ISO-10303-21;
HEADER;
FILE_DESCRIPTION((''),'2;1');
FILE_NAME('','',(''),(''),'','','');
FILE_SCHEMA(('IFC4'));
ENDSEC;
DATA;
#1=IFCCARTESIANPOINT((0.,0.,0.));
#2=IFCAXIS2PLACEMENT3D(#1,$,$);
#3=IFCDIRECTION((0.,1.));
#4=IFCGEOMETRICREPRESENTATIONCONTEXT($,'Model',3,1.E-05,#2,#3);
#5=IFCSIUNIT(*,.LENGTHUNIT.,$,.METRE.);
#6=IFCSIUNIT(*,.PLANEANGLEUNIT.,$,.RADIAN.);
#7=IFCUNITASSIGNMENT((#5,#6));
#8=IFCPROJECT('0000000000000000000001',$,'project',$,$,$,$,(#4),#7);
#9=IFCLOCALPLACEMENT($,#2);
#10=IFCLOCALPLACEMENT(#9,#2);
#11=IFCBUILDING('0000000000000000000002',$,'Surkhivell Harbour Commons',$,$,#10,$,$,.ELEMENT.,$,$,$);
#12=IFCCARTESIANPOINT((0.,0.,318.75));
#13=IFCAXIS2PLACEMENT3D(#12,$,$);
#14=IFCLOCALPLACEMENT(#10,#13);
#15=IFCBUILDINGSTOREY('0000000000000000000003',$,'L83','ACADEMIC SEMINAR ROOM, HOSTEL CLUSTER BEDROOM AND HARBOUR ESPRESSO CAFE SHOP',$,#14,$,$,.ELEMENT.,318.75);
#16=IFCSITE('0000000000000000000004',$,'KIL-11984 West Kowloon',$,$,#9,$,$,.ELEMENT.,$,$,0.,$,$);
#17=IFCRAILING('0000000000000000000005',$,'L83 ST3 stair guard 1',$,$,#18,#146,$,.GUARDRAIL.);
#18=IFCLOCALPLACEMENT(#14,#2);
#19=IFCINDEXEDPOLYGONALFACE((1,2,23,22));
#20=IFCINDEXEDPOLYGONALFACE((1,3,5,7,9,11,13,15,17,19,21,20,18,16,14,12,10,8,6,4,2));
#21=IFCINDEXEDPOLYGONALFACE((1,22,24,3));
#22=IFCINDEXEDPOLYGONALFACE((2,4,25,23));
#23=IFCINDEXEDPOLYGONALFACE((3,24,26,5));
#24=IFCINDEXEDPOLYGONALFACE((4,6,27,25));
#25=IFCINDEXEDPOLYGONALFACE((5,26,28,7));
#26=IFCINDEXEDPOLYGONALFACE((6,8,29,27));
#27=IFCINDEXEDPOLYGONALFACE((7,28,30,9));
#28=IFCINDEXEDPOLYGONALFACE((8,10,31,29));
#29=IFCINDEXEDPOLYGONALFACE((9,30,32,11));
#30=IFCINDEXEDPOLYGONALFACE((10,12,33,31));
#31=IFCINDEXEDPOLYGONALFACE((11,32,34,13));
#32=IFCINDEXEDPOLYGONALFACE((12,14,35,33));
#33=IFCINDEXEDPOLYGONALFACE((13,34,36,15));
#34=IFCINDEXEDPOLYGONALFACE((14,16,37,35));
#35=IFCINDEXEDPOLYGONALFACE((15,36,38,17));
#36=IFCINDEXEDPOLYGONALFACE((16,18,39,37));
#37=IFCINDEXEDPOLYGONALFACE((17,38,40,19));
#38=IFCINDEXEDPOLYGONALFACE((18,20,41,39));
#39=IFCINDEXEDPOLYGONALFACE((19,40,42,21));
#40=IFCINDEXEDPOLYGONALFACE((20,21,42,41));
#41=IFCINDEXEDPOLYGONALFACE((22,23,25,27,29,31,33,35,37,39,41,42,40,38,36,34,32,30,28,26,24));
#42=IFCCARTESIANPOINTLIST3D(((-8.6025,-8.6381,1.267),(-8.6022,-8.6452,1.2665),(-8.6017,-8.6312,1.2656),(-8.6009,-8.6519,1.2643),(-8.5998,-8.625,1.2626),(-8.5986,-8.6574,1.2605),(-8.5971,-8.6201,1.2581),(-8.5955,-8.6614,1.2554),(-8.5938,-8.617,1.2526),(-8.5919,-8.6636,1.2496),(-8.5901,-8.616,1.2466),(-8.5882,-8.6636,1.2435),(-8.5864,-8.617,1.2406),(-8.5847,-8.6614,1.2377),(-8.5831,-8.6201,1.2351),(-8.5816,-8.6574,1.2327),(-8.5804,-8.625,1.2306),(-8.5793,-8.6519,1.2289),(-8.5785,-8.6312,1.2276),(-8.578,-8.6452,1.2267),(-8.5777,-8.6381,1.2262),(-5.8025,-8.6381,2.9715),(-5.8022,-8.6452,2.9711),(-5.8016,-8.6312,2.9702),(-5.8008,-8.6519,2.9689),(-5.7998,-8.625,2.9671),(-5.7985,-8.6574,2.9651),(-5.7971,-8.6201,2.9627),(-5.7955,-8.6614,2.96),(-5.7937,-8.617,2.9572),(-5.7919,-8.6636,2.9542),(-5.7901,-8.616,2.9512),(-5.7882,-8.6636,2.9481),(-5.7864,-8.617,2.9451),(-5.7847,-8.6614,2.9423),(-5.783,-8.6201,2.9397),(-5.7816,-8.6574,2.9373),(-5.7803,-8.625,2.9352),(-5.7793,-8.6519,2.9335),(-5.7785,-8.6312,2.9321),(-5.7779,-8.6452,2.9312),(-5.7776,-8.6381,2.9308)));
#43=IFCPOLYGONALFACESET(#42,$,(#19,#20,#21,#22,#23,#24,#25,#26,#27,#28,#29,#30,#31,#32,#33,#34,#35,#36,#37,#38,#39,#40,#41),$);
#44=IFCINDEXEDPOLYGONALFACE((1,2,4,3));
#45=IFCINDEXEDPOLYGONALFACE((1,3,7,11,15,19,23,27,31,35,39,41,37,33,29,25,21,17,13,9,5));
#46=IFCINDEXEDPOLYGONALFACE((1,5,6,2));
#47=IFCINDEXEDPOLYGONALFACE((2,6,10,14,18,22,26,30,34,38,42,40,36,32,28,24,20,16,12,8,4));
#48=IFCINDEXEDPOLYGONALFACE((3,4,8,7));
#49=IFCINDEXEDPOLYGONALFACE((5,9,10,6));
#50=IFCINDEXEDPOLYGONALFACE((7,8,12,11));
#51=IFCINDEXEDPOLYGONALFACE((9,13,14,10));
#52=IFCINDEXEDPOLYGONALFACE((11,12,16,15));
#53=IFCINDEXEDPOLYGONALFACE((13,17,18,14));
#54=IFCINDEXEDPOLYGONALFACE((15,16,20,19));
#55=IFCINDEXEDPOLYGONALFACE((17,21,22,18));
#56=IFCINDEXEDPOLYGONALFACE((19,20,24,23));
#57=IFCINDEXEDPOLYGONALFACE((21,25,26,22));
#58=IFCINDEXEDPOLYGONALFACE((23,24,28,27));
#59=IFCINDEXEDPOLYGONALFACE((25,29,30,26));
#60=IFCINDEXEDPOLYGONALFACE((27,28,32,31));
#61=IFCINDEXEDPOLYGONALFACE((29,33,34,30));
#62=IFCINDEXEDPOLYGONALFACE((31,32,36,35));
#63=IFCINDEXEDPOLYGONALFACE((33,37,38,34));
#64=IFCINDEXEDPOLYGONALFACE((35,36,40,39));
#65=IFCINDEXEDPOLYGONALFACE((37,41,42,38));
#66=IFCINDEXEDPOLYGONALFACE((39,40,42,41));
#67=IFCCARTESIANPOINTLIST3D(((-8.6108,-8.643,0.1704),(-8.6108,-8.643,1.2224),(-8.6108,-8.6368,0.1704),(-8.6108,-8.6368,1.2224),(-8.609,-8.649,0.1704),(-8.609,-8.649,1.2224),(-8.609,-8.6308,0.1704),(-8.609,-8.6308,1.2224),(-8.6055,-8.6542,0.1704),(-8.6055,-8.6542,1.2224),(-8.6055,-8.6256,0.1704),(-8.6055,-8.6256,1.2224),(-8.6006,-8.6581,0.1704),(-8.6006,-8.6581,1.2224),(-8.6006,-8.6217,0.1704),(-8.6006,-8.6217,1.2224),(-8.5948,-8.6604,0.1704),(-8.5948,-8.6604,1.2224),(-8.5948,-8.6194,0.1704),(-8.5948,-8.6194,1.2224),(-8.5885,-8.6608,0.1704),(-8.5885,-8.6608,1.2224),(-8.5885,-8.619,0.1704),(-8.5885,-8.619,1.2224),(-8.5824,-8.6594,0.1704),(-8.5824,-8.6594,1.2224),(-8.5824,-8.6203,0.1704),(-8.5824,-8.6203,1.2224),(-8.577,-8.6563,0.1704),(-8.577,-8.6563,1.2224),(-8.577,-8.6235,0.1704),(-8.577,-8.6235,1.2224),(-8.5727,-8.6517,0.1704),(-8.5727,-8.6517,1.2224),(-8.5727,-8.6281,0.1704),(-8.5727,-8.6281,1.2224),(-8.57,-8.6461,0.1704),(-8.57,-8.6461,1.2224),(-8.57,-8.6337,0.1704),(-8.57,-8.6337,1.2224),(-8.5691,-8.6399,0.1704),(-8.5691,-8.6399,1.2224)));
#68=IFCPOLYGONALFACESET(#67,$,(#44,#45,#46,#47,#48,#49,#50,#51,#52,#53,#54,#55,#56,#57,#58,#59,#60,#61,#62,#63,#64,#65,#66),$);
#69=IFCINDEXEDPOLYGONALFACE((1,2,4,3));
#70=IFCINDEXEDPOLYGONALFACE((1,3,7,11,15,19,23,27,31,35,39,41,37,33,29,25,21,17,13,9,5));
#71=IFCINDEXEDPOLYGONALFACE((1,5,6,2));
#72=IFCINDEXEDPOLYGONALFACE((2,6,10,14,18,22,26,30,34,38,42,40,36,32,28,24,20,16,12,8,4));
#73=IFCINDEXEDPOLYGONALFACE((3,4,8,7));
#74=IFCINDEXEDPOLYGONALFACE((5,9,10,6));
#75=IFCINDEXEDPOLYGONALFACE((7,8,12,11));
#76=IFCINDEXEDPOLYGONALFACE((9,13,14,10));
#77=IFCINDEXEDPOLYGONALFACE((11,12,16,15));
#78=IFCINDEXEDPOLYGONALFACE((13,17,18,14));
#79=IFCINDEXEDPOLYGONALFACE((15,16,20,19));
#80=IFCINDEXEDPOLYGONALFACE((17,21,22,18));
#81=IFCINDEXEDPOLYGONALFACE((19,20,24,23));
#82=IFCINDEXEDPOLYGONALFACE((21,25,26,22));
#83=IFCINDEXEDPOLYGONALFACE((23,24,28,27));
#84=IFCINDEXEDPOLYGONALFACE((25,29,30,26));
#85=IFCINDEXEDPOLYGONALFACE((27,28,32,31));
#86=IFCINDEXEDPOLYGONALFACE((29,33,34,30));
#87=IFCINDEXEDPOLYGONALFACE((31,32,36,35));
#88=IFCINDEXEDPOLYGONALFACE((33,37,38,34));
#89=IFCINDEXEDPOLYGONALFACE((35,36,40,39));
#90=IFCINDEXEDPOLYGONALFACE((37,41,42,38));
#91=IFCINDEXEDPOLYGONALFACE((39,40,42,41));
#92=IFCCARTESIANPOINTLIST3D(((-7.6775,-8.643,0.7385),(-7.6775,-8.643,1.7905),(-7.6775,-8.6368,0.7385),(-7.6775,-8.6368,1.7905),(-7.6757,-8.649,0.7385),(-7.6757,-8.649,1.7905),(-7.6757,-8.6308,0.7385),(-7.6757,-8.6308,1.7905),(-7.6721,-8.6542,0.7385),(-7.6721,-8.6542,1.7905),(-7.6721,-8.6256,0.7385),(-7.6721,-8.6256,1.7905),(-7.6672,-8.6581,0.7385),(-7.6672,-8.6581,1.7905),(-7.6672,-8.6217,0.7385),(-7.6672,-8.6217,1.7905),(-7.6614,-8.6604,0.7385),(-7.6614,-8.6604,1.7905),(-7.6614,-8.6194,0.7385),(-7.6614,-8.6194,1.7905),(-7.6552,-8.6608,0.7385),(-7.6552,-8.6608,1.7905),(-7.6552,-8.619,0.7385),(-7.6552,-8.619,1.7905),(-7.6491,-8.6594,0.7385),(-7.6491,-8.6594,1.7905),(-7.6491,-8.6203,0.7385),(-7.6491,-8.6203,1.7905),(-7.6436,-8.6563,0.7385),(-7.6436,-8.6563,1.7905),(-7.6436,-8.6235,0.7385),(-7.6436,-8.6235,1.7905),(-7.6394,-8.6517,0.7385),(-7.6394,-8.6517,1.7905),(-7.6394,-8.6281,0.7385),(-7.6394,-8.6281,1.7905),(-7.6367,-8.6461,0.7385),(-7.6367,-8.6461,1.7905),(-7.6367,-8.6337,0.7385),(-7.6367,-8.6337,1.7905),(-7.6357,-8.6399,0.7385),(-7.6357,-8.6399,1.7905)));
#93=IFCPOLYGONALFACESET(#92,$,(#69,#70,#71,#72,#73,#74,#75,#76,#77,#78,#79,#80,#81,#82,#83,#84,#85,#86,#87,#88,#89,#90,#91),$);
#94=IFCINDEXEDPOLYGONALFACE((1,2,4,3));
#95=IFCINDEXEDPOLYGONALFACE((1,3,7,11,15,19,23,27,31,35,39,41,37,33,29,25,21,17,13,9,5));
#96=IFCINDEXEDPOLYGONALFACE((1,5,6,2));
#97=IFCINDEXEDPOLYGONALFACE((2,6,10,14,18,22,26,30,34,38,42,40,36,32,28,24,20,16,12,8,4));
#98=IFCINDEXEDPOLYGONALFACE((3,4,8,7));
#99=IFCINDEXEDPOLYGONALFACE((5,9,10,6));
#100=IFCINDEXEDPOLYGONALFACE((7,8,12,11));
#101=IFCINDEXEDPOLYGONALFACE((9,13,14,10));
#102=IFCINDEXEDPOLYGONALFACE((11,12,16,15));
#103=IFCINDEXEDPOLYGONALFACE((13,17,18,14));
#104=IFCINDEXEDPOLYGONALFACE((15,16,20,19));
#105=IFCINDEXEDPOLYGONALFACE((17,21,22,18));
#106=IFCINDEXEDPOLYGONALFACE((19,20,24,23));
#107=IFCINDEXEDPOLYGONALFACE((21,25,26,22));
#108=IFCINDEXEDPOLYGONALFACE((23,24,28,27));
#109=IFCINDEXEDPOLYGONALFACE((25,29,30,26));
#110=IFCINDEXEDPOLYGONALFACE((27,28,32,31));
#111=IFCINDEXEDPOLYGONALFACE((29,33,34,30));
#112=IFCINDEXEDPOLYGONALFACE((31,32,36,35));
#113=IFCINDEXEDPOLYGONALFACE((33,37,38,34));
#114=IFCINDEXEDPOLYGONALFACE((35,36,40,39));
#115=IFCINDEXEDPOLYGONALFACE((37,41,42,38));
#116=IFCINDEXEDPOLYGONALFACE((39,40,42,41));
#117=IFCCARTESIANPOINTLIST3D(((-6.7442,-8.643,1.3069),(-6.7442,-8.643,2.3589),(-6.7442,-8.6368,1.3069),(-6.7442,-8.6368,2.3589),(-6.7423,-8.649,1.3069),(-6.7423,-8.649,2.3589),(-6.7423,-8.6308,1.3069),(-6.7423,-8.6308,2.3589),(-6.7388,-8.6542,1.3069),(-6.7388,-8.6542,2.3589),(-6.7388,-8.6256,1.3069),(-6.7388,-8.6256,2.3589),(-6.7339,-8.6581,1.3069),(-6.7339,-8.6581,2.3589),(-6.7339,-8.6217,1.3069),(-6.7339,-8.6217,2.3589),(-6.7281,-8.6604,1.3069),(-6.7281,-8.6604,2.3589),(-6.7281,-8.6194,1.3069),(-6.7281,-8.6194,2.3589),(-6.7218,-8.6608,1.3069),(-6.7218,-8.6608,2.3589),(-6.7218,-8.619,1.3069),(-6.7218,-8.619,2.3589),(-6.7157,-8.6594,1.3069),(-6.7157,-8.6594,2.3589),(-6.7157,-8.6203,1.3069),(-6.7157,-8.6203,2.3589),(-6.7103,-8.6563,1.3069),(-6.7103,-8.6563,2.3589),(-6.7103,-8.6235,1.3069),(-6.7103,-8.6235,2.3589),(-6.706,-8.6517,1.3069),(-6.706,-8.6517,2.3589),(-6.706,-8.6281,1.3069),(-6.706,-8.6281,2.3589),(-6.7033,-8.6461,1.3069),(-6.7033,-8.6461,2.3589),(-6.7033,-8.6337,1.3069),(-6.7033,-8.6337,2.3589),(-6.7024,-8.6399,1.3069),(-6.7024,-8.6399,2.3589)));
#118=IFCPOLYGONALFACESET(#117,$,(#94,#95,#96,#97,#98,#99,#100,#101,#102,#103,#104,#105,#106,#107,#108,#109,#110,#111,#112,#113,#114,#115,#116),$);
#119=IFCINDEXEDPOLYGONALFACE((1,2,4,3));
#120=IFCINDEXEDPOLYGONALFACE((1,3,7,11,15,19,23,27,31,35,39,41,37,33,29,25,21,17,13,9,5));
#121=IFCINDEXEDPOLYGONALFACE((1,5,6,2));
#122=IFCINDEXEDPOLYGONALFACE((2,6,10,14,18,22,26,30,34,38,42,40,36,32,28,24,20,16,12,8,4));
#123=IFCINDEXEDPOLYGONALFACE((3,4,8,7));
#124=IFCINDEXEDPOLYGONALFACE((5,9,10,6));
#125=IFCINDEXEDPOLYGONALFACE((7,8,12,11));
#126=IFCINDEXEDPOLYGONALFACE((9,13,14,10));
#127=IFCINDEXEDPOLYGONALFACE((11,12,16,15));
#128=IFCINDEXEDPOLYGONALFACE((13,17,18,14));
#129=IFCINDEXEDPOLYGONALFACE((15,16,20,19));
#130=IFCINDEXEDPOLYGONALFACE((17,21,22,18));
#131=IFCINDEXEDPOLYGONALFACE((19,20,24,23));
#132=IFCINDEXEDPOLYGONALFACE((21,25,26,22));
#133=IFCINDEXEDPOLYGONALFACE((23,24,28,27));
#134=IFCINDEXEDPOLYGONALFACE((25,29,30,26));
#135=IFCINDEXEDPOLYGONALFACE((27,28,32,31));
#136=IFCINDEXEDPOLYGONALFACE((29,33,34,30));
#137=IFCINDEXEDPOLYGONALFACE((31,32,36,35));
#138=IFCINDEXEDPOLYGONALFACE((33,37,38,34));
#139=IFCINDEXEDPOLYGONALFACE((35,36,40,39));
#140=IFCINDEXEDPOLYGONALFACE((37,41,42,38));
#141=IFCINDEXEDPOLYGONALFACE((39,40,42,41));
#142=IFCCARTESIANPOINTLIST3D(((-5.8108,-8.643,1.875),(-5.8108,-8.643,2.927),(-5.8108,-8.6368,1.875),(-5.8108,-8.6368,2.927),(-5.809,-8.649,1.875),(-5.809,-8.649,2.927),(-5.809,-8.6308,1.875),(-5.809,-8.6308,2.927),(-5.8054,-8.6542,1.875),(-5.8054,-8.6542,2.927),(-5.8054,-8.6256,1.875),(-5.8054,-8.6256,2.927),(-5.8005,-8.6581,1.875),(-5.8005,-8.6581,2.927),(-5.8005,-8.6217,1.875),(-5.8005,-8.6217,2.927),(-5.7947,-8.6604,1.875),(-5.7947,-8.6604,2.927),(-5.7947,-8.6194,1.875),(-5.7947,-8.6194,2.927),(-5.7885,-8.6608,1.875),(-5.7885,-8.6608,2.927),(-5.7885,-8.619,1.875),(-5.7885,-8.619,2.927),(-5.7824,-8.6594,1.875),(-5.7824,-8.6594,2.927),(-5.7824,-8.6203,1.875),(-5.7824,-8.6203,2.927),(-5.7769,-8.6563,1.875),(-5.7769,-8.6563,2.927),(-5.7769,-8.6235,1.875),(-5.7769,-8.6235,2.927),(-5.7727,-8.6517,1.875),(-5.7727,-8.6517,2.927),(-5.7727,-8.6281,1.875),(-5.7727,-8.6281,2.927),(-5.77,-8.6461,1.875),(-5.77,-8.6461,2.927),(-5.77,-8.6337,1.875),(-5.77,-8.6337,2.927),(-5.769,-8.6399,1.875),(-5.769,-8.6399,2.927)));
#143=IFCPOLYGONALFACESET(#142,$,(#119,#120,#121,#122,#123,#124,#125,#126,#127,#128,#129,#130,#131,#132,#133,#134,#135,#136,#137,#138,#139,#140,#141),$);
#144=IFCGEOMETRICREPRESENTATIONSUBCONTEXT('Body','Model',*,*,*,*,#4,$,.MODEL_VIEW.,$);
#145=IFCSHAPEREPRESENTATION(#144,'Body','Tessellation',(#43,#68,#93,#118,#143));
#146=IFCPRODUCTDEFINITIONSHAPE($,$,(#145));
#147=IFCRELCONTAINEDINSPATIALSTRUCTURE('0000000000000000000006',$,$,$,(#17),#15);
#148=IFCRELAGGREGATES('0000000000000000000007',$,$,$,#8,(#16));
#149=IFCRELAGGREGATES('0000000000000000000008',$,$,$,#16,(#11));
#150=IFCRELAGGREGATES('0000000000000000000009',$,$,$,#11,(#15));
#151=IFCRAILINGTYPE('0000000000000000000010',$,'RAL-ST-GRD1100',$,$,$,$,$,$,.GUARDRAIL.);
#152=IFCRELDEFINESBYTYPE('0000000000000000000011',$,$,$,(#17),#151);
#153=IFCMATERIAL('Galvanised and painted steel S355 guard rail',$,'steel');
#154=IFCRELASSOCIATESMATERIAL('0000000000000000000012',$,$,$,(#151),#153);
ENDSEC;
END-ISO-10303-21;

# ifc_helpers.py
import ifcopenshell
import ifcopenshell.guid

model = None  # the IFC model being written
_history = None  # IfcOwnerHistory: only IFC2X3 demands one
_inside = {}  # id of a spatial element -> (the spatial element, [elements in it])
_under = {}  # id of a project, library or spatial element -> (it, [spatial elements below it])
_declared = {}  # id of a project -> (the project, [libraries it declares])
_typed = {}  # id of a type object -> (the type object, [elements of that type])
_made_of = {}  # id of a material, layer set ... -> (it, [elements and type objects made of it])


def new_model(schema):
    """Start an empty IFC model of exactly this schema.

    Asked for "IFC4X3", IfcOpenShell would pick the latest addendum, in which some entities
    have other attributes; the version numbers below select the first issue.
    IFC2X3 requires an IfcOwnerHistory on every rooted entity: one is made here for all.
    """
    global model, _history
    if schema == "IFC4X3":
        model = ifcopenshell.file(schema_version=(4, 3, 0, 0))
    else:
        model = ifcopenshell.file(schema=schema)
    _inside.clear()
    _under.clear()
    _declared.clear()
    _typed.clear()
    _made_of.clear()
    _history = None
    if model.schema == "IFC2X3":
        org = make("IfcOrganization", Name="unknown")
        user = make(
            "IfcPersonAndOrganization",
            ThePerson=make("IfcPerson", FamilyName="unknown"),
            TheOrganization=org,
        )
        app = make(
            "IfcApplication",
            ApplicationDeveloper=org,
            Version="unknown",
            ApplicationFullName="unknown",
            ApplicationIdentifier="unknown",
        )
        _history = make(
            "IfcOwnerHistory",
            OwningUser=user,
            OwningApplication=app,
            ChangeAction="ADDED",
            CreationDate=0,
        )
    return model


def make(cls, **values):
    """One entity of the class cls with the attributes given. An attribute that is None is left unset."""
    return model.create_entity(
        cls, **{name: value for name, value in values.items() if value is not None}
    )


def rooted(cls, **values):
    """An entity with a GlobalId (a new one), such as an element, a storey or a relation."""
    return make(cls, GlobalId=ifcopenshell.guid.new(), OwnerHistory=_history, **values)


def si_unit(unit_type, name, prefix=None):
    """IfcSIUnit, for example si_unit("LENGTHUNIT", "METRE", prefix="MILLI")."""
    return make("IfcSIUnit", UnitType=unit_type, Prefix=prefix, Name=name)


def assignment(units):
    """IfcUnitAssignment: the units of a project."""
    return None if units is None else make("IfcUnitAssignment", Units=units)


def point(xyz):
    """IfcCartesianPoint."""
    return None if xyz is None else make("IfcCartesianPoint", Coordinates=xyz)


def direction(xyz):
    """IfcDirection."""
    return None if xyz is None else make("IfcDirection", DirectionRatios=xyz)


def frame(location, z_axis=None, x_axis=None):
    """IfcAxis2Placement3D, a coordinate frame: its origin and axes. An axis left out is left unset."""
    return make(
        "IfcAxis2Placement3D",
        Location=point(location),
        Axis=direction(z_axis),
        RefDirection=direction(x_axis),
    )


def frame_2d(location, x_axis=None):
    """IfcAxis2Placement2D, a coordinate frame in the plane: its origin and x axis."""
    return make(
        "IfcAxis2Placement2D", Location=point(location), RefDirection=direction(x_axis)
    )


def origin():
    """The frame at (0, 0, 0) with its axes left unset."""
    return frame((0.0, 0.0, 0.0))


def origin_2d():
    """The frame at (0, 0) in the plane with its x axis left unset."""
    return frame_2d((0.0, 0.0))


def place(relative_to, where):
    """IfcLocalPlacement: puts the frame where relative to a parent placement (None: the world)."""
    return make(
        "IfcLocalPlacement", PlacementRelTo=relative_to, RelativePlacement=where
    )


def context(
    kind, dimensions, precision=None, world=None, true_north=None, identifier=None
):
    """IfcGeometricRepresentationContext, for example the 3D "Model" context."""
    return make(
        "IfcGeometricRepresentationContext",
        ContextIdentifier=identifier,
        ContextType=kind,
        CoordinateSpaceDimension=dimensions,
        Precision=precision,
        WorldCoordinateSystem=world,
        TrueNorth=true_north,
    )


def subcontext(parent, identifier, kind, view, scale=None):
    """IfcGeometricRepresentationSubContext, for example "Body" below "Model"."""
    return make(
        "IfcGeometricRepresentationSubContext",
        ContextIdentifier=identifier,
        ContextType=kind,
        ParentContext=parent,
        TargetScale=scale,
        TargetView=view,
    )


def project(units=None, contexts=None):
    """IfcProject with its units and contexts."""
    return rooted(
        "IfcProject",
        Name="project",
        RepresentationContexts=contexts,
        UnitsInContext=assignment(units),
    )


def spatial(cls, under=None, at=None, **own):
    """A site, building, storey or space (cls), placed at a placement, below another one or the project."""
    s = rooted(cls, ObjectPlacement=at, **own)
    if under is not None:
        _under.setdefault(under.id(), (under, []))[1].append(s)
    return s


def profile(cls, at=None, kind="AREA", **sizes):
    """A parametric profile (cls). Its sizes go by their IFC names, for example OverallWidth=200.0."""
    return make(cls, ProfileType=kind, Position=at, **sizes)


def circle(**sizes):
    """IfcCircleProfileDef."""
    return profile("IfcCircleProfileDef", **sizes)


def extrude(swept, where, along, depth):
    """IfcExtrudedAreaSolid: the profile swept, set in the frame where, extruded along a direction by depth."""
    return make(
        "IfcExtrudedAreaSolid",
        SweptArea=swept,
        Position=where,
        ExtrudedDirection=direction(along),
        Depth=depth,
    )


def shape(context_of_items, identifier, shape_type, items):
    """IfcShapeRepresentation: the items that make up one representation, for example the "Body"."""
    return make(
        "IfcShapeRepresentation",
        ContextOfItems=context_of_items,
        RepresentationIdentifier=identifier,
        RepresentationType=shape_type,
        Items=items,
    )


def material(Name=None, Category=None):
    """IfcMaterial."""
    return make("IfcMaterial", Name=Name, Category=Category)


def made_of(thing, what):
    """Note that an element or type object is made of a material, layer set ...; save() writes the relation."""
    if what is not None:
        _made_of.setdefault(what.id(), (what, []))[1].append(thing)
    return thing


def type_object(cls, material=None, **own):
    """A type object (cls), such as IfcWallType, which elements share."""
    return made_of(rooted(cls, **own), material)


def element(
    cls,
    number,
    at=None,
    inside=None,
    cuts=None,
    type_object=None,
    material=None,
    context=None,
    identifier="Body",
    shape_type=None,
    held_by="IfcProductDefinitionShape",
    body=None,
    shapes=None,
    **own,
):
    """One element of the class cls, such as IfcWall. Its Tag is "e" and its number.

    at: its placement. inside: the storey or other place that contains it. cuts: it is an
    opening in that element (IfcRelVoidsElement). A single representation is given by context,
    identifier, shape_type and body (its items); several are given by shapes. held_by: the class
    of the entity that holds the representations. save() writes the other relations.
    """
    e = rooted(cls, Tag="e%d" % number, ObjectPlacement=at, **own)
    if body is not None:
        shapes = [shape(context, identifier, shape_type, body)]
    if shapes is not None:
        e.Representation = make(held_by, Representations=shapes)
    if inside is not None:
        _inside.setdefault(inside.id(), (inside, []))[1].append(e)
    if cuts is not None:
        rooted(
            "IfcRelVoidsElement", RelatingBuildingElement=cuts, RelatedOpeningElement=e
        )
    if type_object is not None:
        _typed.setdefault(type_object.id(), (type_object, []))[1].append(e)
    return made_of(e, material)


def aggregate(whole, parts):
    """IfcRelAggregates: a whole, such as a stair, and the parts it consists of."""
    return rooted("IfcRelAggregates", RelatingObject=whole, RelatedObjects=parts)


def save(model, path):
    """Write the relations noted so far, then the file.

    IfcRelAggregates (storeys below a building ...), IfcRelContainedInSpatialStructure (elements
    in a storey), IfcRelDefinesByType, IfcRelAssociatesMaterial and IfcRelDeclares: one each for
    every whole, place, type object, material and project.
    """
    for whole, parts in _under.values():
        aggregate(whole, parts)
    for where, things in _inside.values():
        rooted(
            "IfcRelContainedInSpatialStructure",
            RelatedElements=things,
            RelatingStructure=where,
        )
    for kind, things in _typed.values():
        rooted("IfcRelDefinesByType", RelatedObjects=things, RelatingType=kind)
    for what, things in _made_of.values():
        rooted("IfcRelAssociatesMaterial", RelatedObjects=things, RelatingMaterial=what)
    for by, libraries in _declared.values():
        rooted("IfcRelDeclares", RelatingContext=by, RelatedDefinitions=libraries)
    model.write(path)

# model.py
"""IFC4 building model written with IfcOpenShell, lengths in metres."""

from ifc_helpers import new_model, si_unit, direction, frame, origin, origin_2d, place, context, subcontext, project, spatial, circle, extrude, material, type_object, element, save


model = new_model("IFC4")

# Units and contexts
model_context = context("Model", 3, precision=1e-05, world=origin(), true_north=direction((0.0, 1.0)))
body_context = subcontext(model_context, "Body", "Model", "MODEL_VIEW")
ifc_project = project(units=[si_unit("LENGTHUNIT", "METRE"), si_unit("PLANEANGLEUNIT", "RADIAN")], contexts=[model_context])

# Site, building, storey
site_placement = place(None, origin())
site = spatial("IfcSite", under=ifc_project, at=site_placement, Name="KIL-11984 West Kowloon", CompositionType="ELEMENT", RefElevation=0.0)
building_placement = place(site_placement, origin())
building = spatial("IfcBuilding", under=site, at=building_placement, Name="Surkhivell Harbour Commons", CompositionType="ELEMENT")
storey_placement = place(building_placement, frame((0.0, 0.0, 318.75)))
storey = spatial("IfcBuildingStorey", under=building, at=storey_placement, Name="L83", Description="ACADEMIC SEMINAR ROOM, HOSTEL CLUSTER BEDROOM AND HARBOUR ESPRESSO CAFE SHOP", CompositionType="ELEMENT", Elevation=318.75)

# Railing
ifc_material_1 = material(Name="Galvanised and painted steel S355 guard rail", Category="steel")
railing_type_1 = type_object("IfcRailingType", Name="RAL-ST-GRD1100", PredefinedType="GUARDRAIL", material=ifc_material_1)
railing_1_placement = place(storey_placement, frame((-8.5901, -8.6399, 0.1704)))
element("IfcRailing", 1, at=railing_1_placement, inside=storey, type_object=railing_type_1, Name="L83 ST3 stair guard 1", PredefinedType="GUARDRAIL", context=body_context, shape_type="SweptSolid", body=[
    extrude(circle(Radius=0.0239, at=origin_2d()), frame((0.0, 0.0, 1.0762), z_axis=(0.85417, 0.0, 0.519994), x_axis=(0.0, 1.0, 0.0)), (0.0, 0.0, 1.0), 3.2781),
    extrude(circle(Radius=0.021, at=origin_2d()), origin(), (0.0, 0.0, 1.0), 1.052),
    extrude(circle(Radius=0.021, at=origin_2d()), frame((0.9333, 0.0, 0.5681)), (0.0, 0.0, 1.0), 1.052),
    extrude(circle(Radius=0.021, at=origin_2d()), frame((1.8667, 0.0, 1.1365)), (0.0, 0.0, 1.0), 1.052),
    extrude(circle(Radius=0.021, at=origin_2d()), frame((2.8, 0.0, 1.7046)), (0.0, 0.0, 1.0), 1.052),
])

save(model, "model.ifc")
